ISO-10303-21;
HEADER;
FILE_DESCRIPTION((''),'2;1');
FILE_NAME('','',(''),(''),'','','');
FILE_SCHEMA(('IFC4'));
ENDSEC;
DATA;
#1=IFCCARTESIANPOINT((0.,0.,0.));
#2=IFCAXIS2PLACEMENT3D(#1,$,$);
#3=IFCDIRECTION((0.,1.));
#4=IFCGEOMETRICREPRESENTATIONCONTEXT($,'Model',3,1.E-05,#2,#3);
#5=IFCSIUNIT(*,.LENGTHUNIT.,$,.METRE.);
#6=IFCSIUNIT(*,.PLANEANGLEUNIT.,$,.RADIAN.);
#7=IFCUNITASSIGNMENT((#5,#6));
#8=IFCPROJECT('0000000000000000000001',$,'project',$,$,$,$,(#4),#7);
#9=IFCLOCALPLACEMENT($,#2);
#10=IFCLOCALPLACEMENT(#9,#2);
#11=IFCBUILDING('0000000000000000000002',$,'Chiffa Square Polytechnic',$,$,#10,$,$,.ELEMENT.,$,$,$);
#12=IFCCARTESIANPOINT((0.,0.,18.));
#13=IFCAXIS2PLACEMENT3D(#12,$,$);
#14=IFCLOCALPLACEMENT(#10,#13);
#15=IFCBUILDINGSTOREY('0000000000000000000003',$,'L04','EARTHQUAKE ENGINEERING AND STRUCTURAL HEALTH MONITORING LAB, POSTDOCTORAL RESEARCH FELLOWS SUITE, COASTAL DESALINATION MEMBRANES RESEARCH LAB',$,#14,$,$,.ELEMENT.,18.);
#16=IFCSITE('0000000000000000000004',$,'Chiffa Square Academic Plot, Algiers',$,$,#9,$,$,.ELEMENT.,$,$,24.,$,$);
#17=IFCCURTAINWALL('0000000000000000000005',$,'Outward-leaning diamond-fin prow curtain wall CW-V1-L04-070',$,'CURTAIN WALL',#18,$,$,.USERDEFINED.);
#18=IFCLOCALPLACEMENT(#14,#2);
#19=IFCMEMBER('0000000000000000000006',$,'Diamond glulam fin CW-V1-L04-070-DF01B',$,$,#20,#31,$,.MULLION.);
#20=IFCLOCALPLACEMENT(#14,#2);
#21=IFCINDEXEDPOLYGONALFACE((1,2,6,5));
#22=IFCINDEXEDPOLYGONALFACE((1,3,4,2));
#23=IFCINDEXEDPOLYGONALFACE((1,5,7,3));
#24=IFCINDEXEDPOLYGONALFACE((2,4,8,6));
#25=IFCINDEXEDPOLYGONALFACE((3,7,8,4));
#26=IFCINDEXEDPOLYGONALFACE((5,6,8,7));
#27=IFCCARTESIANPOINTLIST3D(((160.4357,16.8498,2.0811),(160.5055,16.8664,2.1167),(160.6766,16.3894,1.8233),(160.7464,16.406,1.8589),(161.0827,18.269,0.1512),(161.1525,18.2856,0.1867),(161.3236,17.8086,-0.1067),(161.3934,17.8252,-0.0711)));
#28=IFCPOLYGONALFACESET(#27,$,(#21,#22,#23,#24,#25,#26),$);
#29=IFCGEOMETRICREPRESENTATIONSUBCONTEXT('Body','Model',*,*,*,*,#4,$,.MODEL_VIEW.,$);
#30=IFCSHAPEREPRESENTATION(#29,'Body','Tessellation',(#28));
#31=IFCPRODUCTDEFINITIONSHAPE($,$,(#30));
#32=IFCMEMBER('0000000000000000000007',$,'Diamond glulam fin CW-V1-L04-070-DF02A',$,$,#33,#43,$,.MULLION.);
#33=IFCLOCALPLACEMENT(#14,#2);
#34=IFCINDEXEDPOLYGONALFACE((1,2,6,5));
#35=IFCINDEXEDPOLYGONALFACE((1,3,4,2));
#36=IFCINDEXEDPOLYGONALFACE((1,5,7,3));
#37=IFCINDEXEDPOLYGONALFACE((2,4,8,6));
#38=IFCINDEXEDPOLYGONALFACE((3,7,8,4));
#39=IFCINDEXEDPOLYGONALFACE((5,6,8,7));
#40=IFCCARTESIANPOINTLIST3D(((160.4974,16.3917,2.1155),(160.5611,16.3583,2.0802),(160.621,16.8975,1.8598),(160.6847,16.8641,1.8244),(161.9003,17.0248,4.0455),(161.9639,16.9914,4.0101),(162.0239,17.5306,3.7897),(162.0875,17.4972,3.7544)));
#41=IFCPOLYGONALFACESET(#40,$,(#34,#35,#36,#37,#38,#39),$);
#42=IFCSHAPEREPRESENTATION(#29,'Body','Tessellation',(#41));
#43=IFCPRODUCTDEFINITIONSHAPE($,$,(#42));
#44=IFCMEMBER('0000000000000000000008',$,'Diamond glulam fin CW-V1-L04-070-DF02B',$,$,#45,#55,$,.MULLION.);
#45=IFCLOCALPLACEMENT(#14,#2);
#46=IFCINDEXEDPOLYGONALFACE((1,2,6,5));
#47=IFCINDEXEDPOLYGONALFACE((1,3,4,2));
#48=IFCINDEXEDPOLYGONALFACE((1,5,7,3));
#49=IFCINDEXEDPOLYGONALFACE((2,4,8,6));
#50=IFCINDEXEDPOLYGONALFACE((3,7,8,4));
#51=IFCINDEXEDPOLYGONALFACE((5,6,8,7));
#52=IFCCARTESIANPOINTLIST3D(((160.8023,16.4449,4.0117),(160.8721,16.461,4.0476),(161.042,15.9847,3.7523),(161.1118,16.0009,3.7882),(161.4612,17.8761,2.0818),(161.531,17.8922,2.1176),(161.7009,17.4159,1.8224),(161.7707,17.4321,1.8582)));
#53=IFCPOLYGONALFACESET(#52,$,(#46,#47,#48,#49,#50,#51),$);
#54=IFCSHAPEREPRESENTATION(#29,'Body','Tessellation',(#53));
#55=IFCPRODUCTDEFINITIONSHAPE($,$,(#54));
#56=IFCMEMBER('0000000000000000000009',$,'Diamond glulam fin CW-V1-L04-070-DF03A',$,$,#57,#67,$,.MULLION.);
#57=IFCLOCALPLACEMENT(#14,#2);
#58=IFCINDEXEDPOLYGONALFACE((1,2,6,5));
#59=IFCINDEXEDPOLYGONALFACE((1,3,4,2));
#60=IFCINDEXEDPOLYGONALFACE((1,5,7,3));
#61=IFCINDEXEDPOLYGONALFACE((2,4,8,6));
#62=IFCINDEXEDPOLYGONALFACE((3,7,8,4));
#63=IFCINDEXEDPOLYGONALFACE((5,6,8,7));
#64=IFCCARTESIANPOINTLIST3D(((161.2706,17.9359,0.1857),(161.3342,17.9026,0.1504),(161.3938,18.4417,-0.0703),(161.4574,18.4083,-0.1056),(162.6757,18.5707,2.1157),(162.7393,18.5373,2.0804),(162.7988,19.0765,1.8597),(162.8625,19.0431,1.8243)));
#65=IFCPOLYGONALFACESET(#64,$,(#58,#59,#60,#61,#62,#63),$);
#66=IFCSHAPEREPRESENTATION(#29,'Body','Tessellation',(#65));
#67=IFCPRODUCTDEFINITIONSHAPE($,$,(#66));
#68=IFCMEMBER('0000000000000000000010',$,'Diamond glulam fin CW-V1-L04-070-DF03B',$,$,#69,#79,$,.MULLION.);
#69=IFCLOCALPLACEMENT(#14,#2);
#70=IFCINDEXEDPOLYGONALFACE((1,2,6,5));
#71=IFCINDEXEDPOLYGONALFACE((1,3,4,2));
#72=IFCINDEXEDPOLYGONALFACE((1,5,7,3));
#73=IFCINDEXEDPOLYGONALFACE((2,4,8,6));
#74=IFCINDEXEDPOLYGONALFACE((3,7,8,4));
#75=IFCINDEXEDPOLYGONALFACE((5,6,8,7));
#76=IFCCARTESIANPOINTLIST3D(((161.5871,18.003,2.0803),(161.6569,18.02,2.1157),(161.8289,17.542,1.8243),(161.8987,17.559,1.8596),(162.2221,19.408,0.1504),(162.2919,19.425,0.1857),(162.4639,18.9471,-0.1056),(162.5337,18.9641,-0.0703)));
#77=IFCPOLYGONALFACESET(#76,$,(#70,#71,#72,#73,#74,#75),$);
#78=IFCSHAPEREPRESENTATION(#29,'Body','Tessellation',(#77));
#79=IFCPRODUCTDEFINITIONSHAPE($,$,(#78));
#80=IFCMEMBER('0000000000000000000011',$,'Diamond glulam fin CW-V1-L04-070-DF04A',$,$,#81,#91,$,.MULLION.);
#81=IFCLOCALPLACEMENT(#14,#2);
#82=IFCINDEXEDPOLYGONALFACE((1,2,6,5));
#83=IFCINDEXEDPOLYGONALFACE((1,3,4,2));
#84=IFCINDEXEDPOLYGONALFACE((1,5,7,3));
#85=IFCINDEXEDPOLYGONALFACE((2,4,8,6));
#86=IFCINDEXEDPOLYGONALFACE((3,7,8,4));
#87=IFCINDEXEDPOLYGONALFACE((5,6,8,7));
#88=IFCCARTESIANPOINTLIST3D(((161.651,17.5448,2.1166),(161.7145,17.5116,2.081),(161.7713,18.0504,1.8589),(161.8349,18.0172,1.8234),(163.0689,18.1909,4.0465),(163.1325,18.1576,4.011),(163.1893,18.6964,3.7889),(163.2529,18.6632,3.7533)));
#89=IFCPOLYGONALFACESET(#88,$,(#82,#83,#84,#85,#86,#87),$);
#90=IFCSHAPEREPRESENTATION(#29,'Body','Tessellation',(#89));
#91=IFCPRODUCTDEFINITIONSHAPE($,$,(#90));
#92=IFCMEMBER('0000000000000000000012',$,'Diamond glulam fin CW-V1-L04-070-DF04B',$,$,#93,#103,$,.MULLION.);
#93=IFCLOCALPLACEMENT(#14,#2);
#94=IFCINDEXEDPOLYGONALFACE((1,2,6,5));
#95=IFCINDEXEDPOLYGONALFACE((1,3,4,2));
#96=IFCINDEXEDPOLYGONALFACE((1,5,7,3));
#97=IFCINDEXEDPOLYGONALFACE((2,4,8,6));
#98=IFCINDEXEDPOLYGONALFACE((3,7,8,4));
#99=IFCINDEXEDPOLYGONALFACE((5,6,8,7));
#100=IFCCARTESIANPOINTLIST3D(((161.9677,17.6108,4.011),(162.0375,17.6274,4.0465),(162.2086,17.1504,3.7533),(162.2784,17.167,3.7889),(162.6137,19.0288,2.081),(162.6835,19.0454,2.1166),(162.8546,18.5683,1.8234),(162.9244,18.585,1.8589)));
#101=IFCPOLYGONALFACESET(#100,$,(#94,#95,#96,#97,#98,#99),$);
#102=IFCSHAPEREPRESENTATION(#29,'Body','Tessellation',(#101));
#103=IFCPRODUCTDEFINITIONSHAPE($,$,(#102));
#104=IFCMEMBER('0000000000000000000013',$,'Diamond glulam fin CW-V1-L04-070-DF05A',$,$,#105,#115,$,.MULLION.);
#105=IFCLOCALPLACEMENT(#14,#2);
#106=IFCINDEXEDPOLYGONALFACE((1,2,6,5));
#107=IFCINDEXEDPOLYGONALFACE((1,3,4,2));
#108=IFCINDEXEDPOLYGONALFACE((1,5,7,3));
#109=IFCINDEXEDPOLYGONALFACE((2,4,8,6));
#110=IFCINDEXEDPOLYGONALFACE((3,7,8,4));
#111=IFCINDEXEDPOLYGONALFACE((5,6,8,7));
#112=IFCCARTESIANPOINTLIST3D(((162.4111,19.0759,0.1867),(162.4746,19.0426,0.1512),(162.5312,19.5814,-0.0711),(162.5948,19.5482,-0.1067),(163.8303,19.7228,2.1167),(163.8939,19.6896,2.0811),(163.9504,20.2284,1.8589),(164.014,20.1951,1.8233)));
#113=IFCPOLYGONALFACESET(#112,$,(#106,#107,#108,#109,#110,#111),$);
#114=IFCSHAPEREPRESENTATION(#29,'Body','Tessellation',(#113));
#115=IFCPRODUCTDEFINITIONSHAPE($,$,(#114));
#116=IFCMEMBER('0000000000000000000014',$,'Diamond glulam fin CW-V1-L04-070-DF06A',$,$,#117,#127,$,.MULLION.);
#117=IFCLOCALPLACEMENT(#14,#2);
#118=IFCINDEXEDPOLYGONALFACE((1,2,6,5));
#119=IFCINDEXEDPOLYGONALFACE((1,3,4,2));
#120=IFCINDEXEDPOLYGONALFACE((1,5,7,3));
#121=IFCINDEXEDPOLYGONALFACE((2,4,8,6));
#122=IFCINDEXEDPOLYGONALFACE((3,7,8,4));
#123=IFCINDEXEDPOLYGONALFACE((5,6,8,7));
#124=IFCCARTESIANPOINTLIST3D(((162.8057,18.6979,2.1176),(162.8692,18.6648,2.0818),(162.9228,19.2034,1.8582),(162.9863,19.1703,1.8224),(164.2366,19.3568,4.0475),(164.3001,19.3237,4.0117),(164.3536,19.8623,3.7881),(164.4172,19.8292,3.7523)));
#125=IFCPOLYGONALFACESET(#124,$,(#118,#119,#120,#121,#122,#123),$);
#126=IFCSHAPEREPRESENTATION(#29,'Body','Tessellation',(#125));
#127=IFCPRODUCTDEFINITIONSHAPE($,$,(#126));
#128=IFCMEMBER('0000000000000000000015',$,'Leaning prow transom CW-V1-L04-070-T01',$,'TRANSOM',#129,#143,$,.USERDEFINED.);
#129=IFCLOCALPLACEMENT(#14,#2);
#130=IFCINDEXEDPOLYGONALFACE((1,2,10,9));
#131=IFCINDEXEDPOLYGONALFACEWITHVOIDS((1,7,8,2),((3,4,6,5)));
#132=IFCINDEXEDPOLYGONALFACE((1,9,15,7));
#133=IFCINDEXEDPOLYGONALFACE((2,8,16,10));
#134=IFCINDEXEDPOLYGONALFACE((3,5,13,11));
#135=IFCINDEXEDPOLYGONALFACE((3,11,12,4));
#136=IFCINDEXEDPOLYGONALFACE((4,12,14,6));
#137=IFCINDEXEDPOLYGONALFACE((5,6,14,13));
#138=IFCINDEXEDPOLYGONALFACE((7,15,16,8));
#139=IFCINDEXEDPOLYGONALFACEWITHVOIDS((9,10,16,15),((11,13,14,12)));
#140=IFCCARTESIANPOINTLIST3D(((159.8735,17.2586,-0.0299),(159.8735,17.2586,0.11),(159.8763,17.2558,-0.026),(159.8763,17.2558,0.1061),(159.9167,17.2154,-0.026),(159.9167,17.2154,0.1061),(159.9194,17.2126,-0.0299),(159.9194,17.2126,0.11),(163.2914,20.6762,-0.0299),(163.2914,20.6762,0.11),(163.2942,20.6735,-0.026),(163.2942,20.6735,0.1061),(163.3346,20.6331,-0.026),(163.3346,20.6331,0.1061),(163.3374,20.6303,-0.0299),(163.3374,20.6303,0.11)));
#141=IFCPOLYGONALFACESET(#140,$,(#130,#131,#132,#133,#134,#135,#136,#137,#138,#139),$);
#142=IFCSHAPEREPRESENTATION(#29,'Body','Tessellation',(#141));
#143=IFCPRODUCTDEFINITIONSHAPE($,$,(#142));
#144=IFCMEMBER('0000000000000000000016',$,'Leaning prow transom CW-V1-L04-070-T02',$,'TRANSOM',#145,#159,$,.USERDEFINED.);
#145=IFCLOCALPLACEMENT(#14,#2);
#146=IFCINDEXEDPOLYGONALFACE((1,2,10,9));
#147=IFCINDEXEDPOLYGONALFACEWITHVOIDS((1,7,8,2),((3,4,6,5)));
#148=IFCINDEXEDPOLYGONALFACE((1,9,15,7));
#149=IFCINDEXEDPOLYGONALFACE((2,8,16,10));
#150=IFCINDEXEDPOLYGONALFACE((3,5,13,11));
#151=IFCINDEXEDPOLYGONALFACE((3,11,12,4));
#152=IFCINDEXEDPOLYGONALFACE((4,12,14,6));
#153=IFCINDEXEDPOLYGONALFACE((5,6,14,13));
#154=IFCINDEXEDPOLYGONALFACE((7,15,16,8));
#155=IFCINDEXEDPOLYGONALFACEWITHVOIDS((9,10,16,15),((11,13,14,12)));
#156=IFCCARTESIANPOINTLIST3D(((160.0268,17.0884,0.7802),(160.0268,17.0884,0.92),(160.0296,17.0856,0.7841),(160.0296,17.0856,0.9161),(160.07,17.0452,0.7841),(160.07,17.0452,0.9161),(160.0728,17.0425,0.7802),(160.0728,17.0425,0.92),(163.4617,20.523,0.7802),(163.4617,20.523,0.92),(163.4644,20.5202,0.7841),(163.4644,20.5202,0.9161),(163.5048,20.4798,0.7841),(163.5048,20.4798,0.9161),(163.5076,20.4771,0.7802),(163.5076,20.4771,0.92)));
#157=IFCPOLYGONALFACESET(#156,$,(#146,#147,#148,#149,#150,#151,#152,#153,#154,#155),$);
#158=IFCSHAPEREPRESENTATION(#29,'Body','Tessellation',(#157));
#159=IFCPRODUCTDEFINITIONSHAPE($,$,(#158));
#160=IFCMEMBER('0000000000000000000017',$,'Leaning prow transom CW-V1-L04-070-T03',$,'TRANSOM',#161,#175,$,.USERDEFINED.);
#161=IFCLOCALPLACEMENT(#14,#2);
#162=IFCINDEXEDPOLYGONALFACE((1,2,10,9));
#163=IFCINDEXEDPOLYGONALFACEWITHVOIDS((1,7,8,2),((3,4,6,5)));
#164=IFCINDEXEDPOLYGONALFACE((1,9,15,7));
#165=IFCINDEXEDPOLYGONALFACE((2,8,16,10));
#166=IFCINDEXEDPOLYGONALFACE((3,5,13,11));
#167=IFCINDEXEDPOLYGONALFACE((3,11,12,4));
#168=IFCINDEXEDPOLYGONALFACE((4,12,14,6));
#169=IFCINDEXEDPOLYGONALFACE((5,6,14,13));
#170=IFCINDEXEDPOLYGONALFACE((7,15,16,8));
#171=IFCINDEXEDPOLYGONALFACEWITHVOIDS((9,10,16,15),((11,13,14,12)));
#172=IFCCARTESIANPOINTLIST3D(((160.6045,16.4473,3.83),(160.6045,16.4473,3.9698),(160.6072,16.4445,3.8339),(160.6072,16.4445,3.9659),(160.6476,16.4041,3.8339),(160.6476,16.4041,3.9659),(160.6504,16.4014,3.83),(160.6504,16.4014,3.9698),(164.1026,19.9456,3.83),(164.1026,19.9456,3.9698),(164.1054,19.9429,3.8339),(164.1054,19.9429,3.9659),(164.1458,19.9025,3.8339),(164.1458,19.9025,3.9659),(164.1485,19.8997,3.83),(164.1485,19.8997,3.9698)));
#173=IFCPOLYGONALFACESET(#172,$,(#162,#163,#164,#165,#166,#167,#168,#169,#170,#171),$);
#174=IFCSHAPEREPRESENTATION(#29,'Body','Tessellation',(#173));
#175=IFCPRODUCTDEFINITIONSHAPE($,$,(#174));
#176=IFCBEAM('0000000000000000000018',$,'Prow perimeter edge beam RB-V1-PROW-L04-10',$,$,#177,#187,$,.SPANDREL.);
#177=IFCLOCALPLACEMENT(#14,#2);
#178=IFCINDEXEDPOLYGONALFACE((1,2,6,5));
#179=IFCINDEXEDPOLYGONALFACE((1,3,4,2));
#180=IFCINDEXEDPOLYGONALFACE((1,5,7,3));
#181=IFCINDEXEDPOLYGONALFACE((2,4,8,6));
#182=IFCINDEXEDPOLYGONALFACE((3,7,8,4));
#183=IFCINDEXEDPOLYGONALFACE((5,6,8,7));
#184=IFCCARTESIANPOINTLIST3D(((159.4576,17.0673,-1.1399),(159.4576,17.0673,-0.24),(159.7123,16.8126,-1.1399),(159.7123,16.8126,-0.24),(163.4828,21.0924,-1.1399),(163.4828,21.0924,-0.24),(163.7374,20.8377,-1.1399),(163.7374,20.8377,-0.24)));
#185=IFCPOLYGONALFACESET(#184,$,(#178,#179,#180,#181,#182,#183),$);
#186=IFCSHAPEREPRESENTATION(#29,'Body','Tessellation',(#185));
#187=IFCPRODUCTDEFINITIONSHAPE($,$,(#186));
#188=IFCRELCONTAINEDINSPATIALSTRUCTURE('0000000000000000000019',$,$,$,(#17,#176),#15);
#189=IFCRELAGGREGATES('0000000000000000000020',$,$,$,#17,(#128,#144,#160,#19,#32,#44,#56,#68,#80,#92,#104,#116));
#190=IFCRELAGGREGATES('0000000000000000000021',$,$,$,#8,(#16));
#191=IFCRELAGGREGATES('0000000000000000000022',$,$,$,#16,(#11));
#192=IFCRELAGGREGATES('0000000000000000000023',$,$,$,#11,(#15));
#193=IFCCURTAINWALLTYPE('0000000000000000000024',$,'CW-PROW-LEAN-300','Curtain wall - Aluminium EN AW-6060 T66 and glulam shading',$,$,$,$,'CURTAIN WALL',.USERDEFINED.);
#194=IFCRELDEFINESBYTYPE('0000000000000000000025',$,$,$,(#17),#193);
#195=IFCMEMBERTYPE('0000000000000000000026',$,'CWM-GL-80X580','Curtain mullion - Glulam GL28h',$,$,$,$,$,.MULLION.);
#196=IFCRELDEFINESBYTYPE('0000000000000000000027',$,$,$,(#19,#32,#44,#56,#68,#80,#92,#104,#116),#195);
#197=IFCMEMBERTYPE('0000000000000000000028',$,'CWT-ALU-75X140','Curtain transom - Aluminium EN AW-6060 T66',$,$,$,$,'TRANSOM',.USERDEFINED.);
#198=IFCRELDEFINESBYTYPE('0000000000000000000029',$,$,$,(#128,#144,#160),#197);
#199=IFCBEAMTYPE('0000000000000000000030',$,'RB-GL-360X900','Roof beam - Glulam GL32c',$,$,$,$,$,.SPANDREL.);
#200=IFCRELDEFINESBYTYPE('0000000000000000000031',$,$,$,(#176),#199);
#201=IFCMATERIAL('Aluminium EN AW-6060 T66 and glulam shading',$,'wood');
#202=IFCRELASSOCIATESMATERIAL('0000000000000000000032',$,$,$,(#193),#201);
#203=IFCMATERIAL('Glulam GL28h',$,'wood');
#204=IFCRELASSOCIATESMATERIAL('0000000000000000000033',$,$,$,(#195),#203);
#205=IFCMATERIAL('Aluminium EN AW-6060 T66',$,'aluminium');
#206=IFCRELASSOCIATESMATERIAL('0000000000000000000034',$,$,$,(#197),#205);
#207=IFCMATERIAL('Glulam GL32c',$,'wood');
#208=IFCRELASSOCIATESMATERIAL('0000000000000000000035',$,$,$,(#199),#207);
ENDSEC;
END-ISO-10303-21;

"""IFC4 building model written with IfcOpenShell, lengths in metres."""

from ifc_helpers import new_model, si_unit, direction, frame, origin, origin_2d, place, context, subcontext, project, spatial, rectangle, hollow_rectangle, extrude, material, material_profile, profile_set, type_object, element, aggregate, save


model = new_model("IFC4")

# Units and contexts
model_context = context("Model", 3, precision=1e-05, world=origin(), true_north=direction((0.0, 1.0)))
body_context = subcontext(model_context, "Body", "Model", "MODEL_VIEW")
ifc_project = project(units=[si_unit("LENGTHUNIT", "METRE"), si_unit("PLANEANGLEUNIT", "RADIAN")], contexts=[model_context])

# Site, building, storey
site_placement = place(None, origin())
site = spatial("IfcSite", under=ifc_project, at=site_placement, Name="Chiffa Square Academic Plot, Algiers", CompositionType="ELEMENT", RefElevation=24.0)
building_placement = place(site_placement, origin())
building = spatial("IfcBuilding", under=site, at=building_placement, Name="Chiffa Square Polytechnic", CompositionType="ELEMENT")
storey_placement = place(building_placement, frame((0.0, 0.0, 18.0)))
storey = spatial("IfcBuildingStorey", under=building, at=storey_placement, Name="L04", Description="EARTHQUAKE ENGINEERING AND STRUCTURAL HEALTH MONITORING LAB, POSTDOCTORAL RESEARCH FELLOWS SUITE, COASTAL DESALINATION MEMBRANES RESEARCH LAB", CompositionType="ELEMENT", Elevation=18.0)

# Shared definitions
ifc_material_1 = material(Name="Glulam GL32c", Category="wood")

# Curtain wall
ifc_material_2 = material(Name="Aluminium EN AW-6060 T66 and glulam shading", Category="wood")
ifc_material_3 = material(Name="Aluminium EN AW-6060 T66", Category="aluminium")
curtain_wall_type_1 = type_object("IfcCurtainWallType", Name="CW-PROW-LEAN-300", Description="Curtain wall - Aluminium EN AW-6060 T66 and glulam shading", ElementType="CURTAIN WALL", PredefinedType="USERDEFINED", material=ifc_material_2)
curtain_wall_1_placement = place(storey_placement, origin())
curtain_wall_1 = element("IfcCurtainWall", 1, at=curtain_wall_1_placement, inside=storey, type_object=curtain_wall_type_1, Name="Outward-leaning diamond-fin prow curtain wall CW-V1-L04-070", ObjectType="CURTAIN WALL", PredefinedType="USERDEFINED")

# Members
ifc_material_4 = material(Name="Glulam GL28h", Category="wood")
ifc_material_profile_1 = material_profile(ifc_material_4, rectangle(XDim=0.0801, YDim=0.5801, at=origin_2d()), Name="GL28h 80x580")
ifc_profile_set_1 = profile_set([ifc_material_profile_1], Name="Glulam GL28h")
member_type_1 = type_object("IfcMemberType", Name="CWM-GL-80X580", Description="Curtain mullion - Glulam GL28h", PredefinedType="MULLION", material=ifc_profile_set_1)
member_1_placement = place(storey_placement, frame((161.238, 18.0471, 0.04), z_axis=(-0.26073, -0.571933, 0.777762), x_axis=(0.87153, 0.207103, 0.444459)))
member_1 = element("IfcMember", 2, at=member_1_placement, type_object=member_type_1, Name="Diamond glulam fin CW-V1-L04-070-DF01B", PredefinedType="MULLION", context=body_context, shape_type="SweptSolid", body=[
    extrude(rectangle(XDim=0.0801, YDim=0.5801, at=origin_2d()), origin(), (0.0, 0.0, 1.0), 2.4814),
])
member_2_placement = place(storey_placement, frame((160.5911, 16.6279, 1.97), z_axis=(0.568301, 0.256457, 0.781834), x_axis=(-0.794759, 0.417121, 0.440872)))
member_2 = element("IfcMember", 3, at=member_2_placement, type_object=member_type_1, Name="Diamond glulam fin CW-V1-L04-070-DF02A", PredefinedType="MULLION", context=body_context, shape_type="SweptSolid", body=[
    extrude(rectangle(XDim=0.0801, YDim=0.5801, at=origin_2d()), origin(), (0.0, 0.0, 1.0), 2.4685),
])
member_3_placement = place(storey_placement, frame((161.616, 17.6541, 1.97), z_axis=(-0.264485, -0.574439, 0.77464), x_axis=(0.871379, 0.201821, 0.447176)))
member_3 = element("IfcMember", 4, at=member_3_placement, type_object=member_type_1, Name="Diamond glulam fin CW-V1-L04-070-DF02B", PredefinedType="MULLION", context=body_context, shape_type="SweptSolid", body=[
    extrude(rectangle(XDim=0.0801, YDim=0.5801, at=origin_2d()), origin(), (0.0, 0.0, 1.0), 2.4915),
])
member_4_placement = place(storey_placement, frame((161.364, 18.1721, 0.04), z_axis=(0.568802, 0.256974, 0.781299), x_axis=(-0.794592, 0.416939, 0.441345)))
member_4 = element("IfcMember", 5, at=member_4_placement, type_object=member_type_1, Name="Diamond glulam fin CW-V1-L04-070-DF03A", PredefinedType="MULLION", context=body_context, shape_type="SweptSolid", body=[
    extrude(rectangle(XDim=0.0801, YDim=0.5801, at=origin_2d()), origin(), (0.0, 0.0, 1.0), 2.4702),
])
member_5_placement = place(storey_placement, frame((162.3779, 19.186, 0.04), z_axis=(-0.257066, -0.568787, 0.78128), x_axis=(0.871877, 0.212202, 0.441363)))
member_5 = element("IfcMember", 6, at=member_5_placement, type_object=member_type_1, Name="Diamond glulam fin CW-V1-L04-070-DF03B", PredefinedType="MULLION", context=body_context, shape_type="SweptSolid", body=[
    extrude(rectangle(XDim=0.0801, YDim=0.5801, at=origin_2d()), origin(), (0.0, 0.0, 1.0), 2.4702),
])
member_6_placement = place(storey_placement, frame((161.7429, 17.781, 1.97), z_axis=(0.57166, 0.260436, 0.77806), x_axis=(-0.793816, 0.415384, 0.444197)))
member_6 = element("IfcMember", 7, at=member_6_placement, type_object=member_type_1, Name="Diamond glulam fin CW-V1-L04-070-DF04A", PredefinedType="MULLION", context=body_context, shape_type="SweptSolid", body=[
    extrude(rectangle(XDim=0.0801, YDim=0.5801, at=origin_2d()), origin(), (0.0, 0.0, 1.0), 2.4805),
])
member_7_placement = place(storey_placement, frame((162.769, 18.8069, 1.97), z_axis=(-0.260436, -0.57166, 0.77806), x_axis=(0.871567, 0.207509, 0.444197)))
member_7 = element("IfcMember", 8, at=member_7_placement, type_object=member_type_1, Name="Diamond glulam fin CW-V1-L04-070-DF04B", PredefinedType="MULLION", context=body_context, shape_type="SweptSolid", body=[
    extrude(rectangle(XDim=0.0801, YDim=0.5801, at=origin_2d()), origin(), (0.0, 0.0, 1.0), 2.4805),
])
member_8_placement = place(storey_placement, frame((162.5029, 19.312, 0.04), z_axis=(0.571933, 0.26073, 0.777762), x_axis=(-0.793726, 0.415277, 0.444459)))
member_8 = element("IfcMember", 9, at=member_8_placement, type_object=member_type_1, Name="Diamond glulam fin CW-V1-L04-070-DF05A", PredefinedType="MULLION", context=body_context, shape_type="SweptSolid", body=[
    extrude(rectangle(XDim=0.0801, YDim=0.5801, at=origin_2d()), origin(), (0.0, 0.0, 1.0), 2.4814),
])
member_9_placement = place(storey_placement, frame((162.896, 18.9341, 1.97), z_axis=(0.574373, 0.2645, 0.774684), x_axis=(-0.793332, 0.413149, 0.447138)))
member_9 = element("IfcMember", 10, at=member_9_placement, type_object=member_type_1, Name="Diamond glulam fin CW-V1-L04-070-DF06A", PredefinedType="MULLION", context=body_context, shape_type="SweptSolid", body=[
    extrude(rectangle(XDim=0.0801, YDim=0.5801, at=origin_2d()), origin(), (0.0, 0.0, 1.0), 2.4912),
])
ifc_material_profile_2 = material_profile(ifc_material_3, hollow_rectangle(XDim=0.0649, YDim=0.1399, WallThickness=0.0039, at=origin_2d()), Name="ALU 65x140x4")
ifc_profile_set_2 = profile_set([ifc_material_profile_2], Name="Aluminium EN AW-6060 T66")
member_type_2 = type_object("IfcMemberType", Name="CWT-ALU-75X140", Description="Curtain transom - Aluminium EN AW-6060 T66", ElementType="TRANSOM", PredefinedType="USERDEFINED", material=ifc_profile_set_2)
member_10_placement = place(storey_placement, frame((159.8965, 17.2356, 0.04), z_axis=(0.707132, 0.707082, 0.0), x_axis=(-0.707082, 0.707132, 0.0)))
member_10 = element("IfcMember", 11, at=member_10_placement, type_object=member_type_2, Name="Leaning prow transom CW-V1-L04-070-T01", ObjectType="TRANSOM", PredefinedType="USERDEFINED", context=body_context, shape_type="SweptSolid", body=[
    extrude(hollow_rectangle(XDim=0.0649, YDim=0.1399, WallThickness=0.0039, at=origin_2d()), origin(), (0.0, 0.0, 1.0), 4.8335),
])
member_11_placement = place(storey_placement, frame((160.0498, 17.0654, 0.8501), z_axis=(0.707132, 0.707082, 0.0), x_axis=(-0.707082, 0.707132, 0.0)))
member_11 = element("IfcMember", 12, at=member_11_placement, type_object=member_type_2, Name="Leaning prow transom CW-V1-L04-070-T02", ObjectType="TRANSOM", PredefinedType="USERDEFINED", context=body_context, shape_type="SweptSolid", body=[
    extrude(hollow_rectangle(XDim=0.0649, YDim=0.1399, WallThickness=0.0039, at=origin_2d()), origin(), (0.0, 0.0, 1.0), 4.8574),
])
member_12_placement = place(storey_placement, frame((160.6274, 16.4243, 3.8999), z_axis=(0.707082, 0.707131, 0.0), x_axis=(-0.707131, 0.707082, 0.0)))
member_12 = element("IfcMember", 13, at=member_12_placement, type_object=member_type_2, Name="Leaning prow transom CW-V1-L04-070-T03", ObjectType="TRANSOM", PredefinedType="USERDEFINED", context=body_context, shape_type="SweptSolid", body=[
    extrude(hollow_rectangle(XDim=0.0649, YDim=0.1399, WallThickness=0.0039, at=origin_2d()), origin(), (0.0, 0.0, 1.0), 4.9473),
])

# Beam
ifc_material_profile_3 = material_profile(ifc_material_1, rectangle(XDim=0.3601, YDim=0.8999, at=origin_2d()), Name="GL32c 360x900")
ifc_profile_set_3 = profile_set([ifc_material_profile_3], Name="Glulam GL32c")
beam_type = type_object("IfcBeamType", Name="RB-GL-360X900", Description="Roof beam - Glulam GL32c", PredefinedType="SPANDREL", material=ifc_profile_set_3)
beam_placement = place(storey_placement, frame((159.585, 16.9399, -0.6899), z_axis=(0.707107, 0.707107, 0.0), x_axis=(-0.707107, 0.707107, 0.0)))
element("IfcBeam", 14, at=beam_placement, inside=storey, type_object=beam_type, Name="Prow perimeter edge beam RB-V1-PROW-L04-10", PredefinedType="SPANDREL", context=body_context, shape_type="SweptSolid", body=[
    extrude(rectangle(XDim=0.3601, YDim=0.8999, at=origin_2d()), origin(), (0.0, 0.0, 1.0), 5.6924),
])

aggregate(curtain_wall_1, [member_10, member_11, member_12, member_1, member_2, member_3, member_4, member_5, member_6, member_7, member_8, member_9])

save(model, "model.ifc")
